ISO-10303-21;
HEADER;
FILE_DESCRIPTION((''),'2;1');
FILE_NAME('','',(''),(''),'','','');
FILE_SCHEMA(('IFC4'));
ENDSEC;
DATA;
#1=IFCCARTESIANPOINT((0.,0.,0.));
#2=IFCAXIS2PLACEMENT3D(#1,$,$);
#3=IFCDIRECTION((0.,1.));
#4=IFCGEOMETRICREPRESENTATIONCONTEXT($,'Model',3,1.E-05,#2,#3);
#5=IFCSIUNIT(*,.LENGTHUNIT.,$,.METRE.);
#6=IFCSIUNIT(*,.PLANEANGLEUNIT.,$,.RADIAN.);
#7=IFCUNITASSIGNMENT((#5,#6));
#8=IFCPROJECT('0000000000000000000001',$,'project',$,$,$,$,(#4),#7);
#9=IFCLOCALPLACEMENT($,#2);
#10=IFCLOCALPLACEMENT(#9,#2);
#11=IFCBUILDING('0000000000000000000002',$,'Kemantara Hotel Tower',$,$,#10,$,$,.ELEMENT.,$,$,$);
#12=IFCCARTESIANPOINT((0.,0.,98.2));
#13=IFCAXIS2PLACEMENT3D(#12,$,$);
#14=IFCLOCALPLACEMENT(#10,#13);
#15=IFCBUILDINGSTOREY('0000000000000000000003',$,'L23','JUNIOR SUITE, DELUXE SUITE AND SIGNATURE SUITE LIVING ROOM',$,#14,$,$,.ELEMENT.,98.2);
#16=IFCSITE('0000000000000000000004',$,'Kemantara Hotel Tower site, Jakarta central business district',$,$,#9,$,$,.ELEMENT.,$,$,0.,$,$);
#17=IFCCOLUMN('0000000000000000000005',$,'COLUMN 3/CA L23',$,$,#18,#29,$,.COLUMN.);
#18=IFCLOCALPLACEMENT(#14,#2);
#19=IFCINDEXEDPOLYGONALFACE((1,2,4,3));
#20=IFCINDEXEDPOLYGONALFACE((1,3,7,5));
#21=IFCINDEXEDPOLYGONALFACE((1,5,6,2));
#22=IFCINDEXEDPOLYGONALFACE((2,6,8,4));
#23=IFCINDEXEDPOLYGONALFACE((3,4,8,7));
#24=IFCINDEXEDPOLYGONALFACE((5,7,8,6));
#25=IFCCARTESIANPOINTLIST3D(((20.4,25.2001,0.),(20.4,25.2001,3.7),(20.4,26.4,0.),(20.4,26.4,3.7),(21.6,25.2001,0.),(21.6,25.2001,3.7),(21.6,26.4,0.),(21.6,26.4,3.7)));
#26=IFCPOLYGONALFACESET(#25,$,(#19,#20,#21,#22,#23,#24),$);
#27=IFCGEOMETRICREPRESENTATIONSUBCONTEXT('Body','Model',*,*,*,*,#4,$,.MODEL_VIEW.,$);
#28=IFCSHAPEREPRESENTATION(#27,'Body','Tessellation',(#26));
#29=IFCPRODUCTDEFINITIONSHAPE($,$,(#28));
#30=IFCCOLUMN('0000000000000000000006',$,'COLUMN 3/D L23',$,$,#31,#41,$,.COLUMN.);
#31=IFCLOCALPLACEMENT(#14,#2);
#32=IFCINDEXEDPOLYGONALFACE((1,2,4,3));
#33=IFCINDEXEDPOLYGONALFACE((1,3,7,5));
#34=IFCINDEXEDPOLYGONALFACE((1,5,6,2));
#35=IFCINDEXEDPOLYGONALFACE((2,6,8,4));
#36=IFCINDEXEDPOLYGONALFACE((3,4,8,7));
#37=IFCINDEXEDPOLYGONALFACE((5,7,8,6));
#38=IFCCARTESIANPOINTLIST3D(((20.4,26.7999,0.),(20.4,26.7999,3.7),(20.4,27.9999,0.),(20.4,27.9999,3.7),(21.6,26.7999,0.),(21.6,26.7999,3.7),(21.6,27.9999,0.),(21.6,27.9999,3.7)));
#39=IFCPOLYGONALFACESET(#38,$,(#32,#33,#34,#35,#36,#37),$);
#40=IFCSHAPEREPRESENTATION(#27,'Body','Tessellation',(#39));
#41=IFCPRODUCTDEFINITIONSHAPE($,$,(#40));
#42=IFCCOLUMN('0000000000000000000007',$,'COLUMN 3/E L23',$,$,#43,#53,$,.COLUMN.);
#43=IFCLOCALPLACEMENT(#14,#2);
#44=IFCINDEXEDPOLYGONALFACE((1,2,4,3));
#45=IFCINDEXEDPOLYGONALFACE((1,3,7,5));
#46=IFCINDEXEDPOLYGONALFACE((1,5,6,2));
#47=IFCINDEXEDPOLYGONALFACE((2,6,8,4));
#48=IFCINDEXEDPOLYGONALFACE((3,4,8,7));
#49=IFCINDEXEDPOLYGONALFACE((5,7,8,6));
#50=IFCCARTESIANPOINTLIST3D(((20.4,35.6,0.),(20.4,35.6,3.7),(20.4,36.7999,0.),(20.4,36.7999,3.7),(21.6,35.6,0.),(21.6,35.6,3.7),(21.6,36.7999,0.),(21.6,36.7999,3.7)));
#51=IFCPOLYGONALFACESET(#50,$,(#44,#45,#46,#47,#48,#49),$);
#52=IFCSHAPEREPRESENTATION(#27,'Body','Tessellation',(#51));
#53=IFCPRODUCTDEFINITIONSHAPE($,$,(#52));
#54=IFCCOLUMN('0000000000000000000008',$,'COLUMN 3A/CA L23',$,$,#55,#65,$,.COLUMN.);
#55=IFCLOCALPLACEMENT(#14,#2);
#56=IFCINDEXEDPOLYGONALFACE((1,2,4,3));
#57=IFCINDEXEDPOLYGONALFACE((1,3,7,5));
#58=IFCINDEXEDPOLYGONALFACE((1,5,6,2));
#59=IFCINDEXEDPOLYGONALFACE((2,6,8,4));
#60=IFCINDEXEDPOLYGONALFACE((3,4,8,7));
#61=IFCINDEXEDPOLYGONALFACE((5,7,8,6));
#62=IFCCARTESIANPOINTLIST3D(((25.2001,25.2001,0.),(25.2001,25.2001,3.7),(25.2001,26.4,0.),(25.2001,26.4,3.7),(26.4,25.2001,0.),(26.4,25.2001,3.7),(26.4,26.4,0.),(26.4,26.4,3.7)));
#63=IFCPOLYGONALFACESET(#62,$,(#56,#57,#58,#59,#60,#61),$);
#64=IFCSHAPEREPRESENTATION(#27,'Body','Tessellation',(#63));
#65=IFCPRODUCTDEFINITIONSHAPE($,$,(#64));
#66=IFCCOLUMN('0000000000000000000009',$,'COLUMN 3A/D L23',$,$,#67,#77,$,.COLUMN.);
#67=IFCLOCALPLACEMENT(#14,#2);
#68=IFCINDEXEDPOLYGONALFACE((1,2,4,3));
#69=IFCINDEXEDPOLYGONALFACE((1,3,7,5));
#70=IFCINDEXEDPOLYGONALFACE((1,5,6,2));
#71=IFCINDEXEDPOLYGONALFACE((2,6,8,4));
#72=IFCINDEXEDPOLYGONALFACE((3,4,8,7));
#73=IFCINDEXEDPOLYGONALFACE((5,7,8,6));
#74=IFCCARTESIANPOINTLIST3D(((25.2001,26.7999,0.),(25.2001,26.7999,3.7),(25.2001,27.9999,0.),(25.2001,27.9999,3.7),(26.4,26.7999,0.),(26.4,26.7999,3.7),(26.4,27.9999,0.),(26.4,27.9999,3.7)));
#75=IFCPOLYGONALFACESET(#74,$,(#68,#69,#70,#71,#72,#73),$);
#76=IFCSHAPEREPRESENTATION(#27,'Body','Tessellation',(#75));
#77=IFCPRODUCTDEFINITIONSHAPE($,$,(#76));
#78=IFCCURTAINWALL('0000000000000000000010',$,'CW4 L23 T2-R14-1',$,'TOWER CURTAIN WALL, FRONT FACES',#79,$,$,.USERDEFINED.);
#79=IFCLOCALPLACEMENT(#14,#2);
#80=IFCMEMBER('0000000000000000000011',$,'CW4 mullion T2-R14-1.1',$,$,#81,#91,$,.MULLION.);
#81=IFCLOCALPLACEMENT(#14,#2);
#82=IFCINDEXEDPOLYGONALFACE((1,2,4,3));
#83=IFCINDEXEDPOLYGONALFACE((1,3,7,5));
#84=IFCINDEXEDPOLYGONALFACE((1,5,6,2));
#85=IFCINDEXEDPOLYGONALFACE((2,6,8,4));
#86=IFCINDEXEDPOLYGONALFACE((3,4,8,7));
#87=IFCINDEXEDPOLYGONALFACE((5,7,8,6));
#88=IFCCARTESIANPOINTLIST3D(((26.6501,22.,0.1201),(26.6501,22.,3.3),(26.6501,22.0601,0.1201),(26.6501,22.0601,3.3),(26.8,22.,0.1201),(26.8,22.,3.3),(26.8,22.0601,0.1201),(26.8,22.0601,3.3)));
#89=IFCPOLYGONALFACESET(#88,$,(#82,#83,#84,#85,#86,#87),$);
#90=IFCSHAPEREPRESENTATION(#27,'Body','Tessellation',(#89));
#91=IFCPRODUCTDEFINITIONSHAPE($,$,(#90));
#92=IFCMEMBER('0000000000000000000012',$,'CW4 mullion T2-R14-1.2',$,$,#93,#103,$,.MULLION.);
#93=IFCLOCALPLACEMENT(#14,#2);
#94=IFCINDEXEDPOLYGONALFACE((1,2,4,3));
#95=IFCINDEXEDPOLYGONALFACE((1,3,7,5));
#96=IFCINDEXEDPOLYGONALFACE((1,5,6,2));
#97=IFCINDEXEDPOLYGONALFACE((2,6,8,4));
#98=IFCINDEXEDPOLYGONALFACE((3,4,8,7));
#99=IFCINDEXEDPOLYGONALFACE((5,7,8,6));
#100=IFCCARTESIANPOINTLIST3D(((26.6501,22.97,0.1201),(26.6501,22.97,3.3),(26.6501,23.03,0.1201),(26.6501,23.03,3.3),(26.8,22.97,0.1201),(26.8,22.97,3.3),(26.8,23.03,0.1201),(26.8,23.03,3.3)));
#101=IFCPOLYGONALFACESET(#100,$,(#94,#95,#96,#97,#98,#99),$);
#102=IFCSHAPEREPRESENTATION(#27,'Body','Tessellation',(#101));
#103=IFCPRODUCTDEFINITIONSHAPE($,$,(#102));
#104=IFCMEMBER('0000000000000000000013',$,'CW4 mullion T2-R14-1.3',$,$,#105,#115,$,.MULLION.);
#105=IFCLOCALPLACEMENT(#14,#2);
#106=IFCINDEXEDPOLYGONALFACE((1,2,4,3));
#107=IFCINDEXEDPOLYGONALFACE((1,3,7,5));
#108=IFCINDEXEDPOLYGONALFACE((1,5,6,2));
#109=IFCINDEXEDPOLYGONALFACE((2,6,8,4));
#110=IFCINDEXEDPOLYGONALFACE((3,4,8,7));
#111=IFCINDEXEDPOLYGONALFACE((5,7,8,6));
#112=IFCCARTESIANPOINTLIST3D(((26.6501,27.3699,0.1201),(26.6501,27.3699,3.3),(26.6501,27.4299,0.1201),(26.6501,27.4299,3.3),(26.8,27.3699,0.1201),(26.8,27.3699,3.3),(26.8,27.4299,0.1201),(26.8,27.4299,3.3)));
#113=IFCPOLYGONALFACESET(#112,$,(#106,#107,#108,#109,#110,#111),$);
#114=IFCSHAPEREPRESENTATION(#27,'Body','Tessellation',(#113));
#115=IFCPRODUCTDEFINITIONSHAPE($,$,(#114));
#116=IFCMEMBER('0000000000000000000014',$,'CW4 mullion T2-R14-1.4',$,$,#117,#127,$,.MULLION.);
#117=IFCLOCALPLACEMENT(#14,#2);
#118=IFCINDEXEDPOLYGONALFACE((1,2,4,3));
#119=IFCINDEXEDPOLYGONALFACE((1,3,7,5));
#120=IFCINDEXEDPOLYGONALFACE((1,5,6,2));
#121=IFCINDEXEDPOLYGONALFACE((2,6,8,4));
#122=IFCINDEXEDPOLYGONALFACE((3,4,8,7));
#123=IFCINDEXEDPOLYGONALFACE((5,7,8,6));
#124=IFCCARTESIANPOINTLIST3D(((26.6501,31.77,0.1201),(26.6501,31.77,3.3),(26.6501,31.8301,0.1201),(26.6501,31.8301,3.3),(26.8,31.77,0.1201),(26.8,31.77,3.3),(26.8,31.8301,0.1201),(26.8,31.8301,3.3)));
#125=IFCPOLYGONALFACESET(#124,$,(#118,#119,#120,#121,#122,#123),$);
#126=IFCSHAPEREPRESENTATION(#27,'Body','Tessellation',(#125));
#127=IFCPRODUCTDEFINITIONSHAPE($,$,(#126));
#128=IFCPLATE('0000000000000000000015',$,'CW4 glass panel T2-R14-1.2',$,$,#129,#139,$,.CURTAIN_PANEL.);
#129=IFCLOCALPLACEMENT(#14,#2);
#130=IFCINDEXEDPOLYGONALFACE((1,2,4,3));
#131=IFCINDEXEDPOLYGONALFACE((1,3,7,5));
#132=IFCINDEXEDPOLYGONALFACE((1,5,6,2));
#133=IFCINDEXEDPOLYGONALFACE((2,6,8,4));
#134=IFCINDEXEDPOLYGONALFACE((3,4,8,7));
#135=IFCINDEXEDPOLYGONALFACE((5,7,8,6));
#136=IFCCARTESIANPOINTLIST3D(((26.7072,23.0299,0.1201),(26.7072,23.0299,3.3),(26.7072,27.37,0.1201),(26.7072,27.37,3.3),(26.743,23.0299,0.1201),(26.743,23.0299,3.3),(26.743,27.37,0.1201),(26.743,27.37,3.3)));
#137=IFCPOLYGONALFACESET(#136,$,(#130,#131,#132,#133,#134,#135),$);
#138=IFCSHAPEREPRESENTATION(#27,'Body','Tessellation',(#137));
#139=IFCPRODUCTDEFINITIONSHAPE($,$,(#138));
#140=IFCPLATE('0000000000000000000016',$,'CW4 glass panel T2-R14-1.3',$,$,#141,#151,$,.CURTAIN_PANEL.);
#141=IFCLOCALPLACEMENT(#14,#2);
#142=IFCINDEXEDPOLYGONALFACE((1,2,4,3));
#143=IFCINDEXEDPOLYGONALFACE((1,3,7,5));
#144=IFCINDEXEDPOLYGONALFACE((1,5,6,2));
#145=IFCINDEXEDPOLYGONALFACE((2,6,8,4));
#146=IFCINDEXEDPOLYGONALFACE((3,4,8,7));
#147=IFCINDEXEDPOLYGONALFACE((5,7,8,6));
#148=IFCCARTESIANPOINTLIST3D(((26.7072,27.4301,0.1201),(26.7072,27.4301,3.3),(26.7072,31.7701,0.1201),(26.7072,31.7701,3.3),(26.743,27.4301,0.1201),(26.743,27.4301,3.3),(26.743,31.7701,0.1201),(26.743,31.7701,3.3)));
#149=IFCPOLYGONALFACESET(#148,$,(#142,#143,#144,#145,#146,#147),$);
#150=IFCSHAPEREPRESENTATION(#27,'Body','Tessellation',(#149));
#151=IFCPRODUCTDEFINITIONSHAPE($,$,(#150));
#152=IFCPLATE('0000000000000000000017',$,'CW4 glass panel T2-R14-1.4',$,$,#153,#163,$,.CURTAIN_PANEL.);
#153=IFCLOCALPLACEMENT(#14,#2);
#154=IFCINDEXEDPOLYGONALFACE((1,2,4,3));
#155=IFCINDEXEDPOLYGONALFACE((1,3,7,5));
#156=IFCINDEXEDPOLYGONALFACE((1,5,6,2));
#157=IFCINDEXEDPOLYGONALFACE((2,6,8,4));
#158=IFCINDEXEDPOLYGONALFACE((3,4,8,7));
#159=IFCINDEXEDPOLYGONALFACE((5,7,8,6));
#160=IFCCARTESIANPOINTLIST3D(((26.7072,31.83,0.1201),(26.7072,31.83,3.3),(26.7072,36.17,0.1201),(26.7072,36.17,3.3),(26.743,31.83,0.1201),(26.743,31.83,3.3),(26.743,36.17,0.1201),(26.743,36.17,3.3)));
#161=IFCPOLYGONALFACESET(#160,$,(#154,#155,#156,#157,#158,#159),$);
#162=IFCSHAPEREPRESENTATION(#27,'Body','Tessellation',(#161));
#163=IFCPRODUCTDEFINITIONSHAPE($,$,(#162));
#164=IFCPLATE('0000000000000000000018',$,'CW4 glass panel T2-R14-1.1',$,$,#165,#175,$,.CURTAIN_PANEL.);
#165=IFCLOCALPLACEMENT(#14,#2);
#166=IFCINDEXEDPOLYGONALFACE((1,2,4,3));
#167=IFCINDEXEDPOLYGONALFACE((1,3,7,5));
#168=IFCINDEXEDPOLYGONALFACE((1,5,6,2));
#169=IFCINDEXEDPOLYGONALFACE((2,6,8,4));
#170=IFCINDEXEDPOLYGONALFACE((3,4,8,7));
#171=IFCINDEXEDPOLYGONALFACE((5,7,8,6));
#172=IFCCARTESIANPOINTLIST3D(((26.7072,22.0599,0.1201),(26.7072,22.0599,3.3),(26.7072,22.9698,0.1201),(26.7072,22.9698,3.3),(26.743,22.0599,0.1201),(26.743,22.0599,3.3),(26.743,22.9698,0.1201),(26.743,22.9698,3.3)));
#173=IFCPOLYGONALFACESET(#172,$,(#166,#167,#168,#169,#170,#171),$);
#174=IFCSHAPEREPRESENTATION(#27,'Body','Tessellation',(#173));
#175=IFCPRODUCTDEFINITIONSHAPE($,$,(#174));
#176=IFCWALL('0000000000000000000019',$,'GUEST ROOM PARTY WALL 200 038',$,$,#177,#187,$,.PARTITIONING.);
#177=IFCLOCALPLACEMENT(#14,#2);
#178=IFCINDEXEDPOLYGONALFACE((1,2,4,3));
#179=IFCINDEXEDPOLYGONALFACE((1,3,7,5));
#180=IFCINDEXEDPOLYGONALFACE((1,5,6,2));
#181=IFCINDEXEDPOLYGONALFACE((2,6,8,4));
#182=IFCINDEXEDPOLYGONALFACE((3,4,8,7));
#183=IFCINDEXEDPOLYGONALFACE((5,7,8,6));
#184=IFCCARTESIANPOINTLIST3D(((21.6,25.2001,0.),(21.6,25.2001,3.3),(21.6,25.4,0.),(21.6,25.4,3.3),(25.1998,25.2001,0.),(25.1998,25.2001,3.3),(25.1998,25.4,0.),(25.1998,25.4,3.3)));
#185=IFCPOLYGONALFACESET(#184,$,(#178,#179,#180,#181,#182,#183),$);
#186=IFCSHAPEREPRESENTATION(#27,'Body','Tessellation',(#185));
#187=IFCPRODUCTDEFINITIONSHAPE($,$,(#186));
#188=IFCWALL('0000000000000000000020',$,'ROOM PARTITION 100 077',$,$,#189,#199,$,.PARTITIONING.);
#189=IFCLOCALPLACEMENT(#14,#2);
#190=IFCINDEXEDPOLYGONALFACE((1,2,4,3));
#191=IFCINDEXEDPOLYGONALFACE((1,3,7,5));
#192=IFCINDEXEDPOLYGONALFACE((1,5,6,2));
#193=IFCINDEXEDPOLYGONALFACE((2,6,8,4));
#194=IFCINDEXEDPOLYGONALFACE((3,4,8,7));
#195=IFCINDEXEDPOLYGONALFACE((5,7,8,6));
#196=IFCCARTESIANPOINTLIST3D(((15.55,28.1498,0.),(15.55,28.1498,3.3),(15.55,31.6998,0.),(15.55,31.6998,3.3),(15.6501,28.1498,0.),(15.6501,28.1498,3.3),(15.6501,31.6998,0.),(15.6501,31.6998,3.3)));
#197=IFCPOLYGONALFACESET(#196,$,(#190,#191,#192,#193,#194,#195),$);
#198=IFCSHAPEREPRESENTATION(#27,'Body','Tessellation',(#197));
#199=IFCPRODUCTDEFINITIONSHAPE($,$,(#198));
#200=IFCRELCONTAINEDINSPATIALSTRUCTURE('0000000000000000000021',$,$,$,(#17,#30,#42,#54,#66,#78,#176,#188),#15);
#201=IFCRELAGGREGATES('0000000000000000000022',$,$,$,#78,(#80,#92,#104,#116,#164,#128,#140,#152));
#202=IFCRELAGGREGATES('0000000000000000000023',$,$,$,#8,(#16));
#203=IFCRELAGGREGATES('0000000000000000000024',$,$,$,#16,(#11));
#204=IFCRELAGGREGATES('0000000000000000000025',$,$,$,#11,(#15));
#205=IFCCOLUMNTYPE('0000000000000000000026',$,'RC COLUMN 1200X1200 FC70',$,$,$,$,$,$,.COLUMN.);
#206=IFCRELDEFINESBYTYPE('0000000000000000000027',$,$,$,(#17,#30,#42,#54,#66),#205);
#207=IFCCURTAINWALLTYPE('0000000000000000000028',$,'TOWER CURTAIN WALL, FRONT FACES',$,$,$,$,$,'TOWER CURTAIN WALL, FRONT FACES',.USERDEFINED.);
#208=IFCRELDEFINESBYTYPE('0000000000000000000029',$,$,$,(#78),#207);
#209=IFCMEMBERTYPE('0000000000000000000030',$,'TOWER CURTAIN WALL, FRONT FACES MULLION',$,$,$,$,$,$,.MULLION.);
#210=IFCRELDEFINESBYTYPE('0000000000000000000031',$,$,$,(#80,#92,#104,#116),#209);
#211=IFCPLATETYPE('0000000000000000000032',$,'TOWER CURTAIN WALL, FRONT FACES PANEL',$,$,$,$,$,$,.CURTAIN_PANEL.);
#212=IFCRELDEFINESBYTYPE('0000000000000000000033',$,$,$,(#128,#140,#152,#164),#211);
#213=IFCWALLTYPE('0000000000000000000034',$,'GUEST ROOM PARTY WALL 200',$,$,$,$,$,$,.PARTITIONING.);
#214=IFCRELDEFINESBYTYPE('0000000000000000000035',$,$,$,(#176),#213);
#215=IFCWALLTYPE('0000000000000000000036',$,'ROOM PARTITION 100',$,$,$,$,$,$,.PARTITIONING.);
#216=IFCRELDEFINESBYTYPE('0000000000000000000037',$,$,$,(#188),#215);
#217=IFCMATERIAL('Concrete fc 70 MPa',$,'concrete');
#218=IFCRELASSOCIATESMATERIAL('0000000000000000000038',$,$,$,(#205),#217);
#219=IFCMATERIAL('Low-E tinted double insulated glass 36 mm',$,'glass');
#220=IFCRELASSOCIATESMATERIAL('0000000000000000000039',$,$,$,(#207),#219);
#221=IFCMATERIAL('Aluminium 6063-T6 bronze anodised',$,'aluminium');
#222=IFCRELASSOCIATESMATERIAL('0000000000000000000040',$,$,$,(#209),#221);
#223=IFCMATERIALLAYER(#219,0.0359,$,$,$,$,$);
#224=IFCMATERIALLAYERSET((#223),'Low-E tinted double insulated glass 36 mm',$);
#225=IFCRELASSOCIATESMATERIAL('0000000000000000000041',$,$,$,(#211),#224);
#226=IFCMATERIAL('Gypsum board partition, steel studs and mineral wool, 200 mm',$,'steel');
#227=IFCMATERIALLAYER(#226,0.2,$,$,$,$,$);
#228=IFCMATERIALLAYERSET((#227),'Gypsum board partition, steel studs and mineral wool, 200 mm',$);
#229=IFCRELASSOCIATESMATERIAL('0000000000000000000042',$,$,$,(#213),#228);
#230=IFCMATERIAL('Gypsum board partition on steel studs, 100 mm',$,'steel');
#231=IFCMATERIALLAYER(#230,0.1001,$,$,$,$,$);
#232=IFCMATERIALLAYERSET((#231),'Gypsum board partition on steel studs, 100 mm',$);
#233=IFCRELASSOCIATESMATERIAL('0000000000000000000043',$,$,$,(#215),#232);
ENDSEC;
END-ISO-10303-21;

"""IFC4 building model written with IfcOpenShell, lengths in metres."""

from ifc_helpers import new_model, si_unit, direction, frame, frame_2d, origin, origin_2d, place, context, subcontext, project, spatial, rectangle, extrude, source, transform, mapped, material, layer, layer_set, material_profile, profile_set, type_object, element, aggregate, save


model = new_model("IFC4")

# Units and contexts
model_context = context("Model", 3, precision=1e-05, world=origin(), true_north=direction((0.0, 1.0)))
body_context = subcontext(model_context, "Body", "Model", "MODEL_VIEW")
ifc_project = project(units=[si_unit("LENGTHUNIT", "METRE"), si_unit("PLANEANGLEUNIT", "RADIAN")], contexts=[model_context])

# Site, building, storey
site_placement = place(None, origin())
site = spatial("IfcSite", under=ifc_project, at=site_placement, Name="Kemantara Hotel Tower site, Jakarta central business district", CompositionType="ELEMENT", RefElevation=0.0)
building_placement = place(site_placement, origin())
building = spatial("IfcBuilding", under=site, at=building_placement, Name="Kemantara Hotel Tower", CompositionType="ELEMENT")
storey_placement = place(building_placement, frame((0.0, 0.0, 98.2)))
storey = spatial("IfcBuildingStorey", under=building, at=storey_placement, Name="L23", Description="JUNIOR SUITE, DELUXE SUITE AND SIGNATURE SUITE LIVING ROOM", CompositionType="ELEMENT", Elevation=98.2)

# Columns
ifc_material_1 = material(Name="Concrete fc 70 MPa", Category="concrete")
ifc_material_profile_1 = material_profile(ifc_material_1, rectangle(XDim=1.2, YDim=1.2, at=origin_2d()), Name="RC 1200X1200")
ifc_profile_set_1 = profile_set([ifc_material_profile_1], Name="Concrete fc 70 MPa")
column_type = type_object("IfcColumnType", Name="RC COLUMN 1200X1200 FC70", PredefinedType="COLUMN", material=ifc_profile_set_1)
for number, where, z_axis, x_axis, name in (
    (1, (21.0, 25.8, 0.0), (0.0, 0.0, 1.0), (1.0, 0.0, 0.0), "COLUMN 3/CA L23"),
    (2, (21.0, 27.3999, 0.0), (0.0, 0.0, 1.0), (1.0, 0.0, 0.0), "COLUMN 3/D L23"),
    (3, (21.0, 36.2, 0.0), (0.0, 0.0, 1.0), (1.0, 0.0, 0.0), "COLUMN 3/E L23"),
    (4, (25.8, 25.8, 0.0), (0.0, 0.0, 1.0), (1.0, 0.0, 0.0), "COLUMN 3A/CA L23"),
    (5, (25.8, 27.3999, 0.0), (0.0, 0.0, 1.0), (1.0, 0.0, 0.0), "COLUMN 3A/D L23"),
):
    element("IfcColumn", number, at=place(storey_placement, frame(where, z_axis=z_axis, x_axis=x_axis)), inside=storey, type_object=column_type, Name=name, PredefinedType="COLUMN", context=body_context, shape_type="SweptSolid", body=[
        extrude(rectangle(XDim=1.2, YDim=1.2, at=origin_2d()), origin(), (0.0, 0.0, 1.0), 3.7),
    ])

# Curtain wall, members, plates
ifc_material_2 = material(Name="Low-E tinted double insulated glass 36 mm", Category="glass")
curtain_wall_type = type_object("IfcCurtainWallType", Name="TOWER CURTAIN WALL, FRONT FACES", ElementType="TOWER CURTAIN WALL, FRONT FACES", PredefinedType="USERDEFINED", material=ifc_material_2)
curtain_wall_placement = place(storey_placement, origin())
curtain_wall = element("IfcCurtainWall", 6, at=curtain_wall_placement, inside=storey, type_object=curtain_wall_type, Name="CW4 L23 T2-R14-1", ObjectType="TOWER CURTAIN WALL, FRONT FACES", PredefinedType="USERDEFINED")
ifc_material_3 = material(Name="Aluminium 6063-T6 bronze anodised", Category="aluminium")
ifc_material_profile_2 = material_profile(ifc_material_3, rectangle(XDim=0.1499, YDim=0.0601, at=origin_2d()), Name="TOWER CURTAIN WALL, FRONT FACES MULLION")
ifc_profile_set_2 = profile_set([ifc_material_profile_2], Name="Aluminium 6063-T6 bronze anodised")
member_type = type_object("IfcMemberType", Name="TOWER CURTAIN WALL, FRONT FACES MULLION", PredefinedType="MULLION", material=ifc_profile_set_2)
shared_shape_1 = source(origin(), body_context, "Body", "SweptSolid", [
    extrude(rectangle(XDim=0.1499, YDim=0.0601, at=origin_2d()), origin(), (0.0, 0.0, 1.0), 3.1799),
])
member_1_placement = place(storey_placement, frame((26.7251, 22.03, 0.1201), z_axis=(0.0, 0.0, 1.0), x_axis=(-1.0, 0.0, 0.0)))
member_1 = element("IfcMember", 7, at=member_1_placement, type_object=member_type, Name="CW4 mullion T2-R14-1.1", PredefinedType="MULLION", context=body_context, shape_type="MappedRepresentation", body=[
    mapped(shared_shape_1, transform((0.0, 0.0, 0.0))),
])
member_2_placement = place(storey_placement, frame((26.7251, 23.0, 0.1201), z_axis=(0.0, 0.0, 1.0), x_axis=(-1.0, 0.0, 0.0)))
member_2 = element("IfcMember", 8, at=member_2_placement, type_object=member_type, Name="CW4 mullion T2-R14-1.2", PredefinedType="MULLION", context=body_context, shape_type="MappedRepresentation", body=[
    mapped(shared_shape_1, transform((0.0, 0.0, 0.0))),
])
member_3_placement = place(storey_placement, frame((26.7251, 27.3999, 0.1201), z_axis=(0.0, 0.0, 1.0), x_axis=(-1.0, 0.0, 0.0)))
member_3 = element("IfcMember", 9, at=member_3_placement, type_object=member_type, Name="CW4 mullion T2-R14-1.3", PredefinedType="MULLION", context=body_context, shape_type="MappedRepresentation", body=[
    mapped(shared_shape_1, transform((0.0, 0.0, 0.0))),
])
member_4_placement = place(storey_placement, frame((26.7251, 31.8, 0.1201), z_axis=(0.0, 0.0, 1.0), x_axis=(-1.0, 0.0, 0.0)))
member_4 = element("IfcMember", 10, at=member_4_placement, type_object=member_type, Name="CW4 mullion T2-R14-1.4", PredefinedType="MULLION", context=body_context, shape_type="MappedRepresentation", body=[
    mapped(shared_shape_1, transform((0.0, 0.0, 0.0))),
])
ifc_layer_1 = layer(ifc_material_2, 0.0359)
ifc_layer_set_1 = layer_set([ifc_layer_1], Name="Low-E tinted double insulated glass 36 mm")
plate_type = type_object("IfcPlateType", Name="TOWER CURTAIN WALL, FRONT FACES PANEL", PredefinedType="CURTAIN_PANEL", material=ifc_layer_set_1)
shared_shape_2 = source(origin(), body_context, "Body", "SweptSolid", [
    extrude(rectangle(XDim=4.3401, YDim=0.0359, at=origin_2d()), origin(), (0.0, 0.0, 1.0), 3.1799),
])
plate_1_placement = place(storey_placement, frame((26.7251, 25.2, 0.1201), z_axis=(0.0, 0.0, 1.0), x_axis=(0.0, 1.0, 0.0)))
plate_1 = element("IfcPlate", 11, at=plate_1_placement, type_object=plate_type, Name="CW4 glass panel T2-R14-1.2", PredefinedType="CURTAIN_PANEL", context=body_context, shape_type="MappedRepresentation", body=[
    mapped(shared_shape_2, transform((0.0, 0.0, 0.0))),
])
plate_2_placement = place(storey_placement, frame((26.7251, 29.6001, 0.1201), z_axis=(0.0, 0.0, 1.0), x_axis=(0.0, 1.0, 0.0)))
plate_2 = element("IfcPlate", 12, at=plate_2_placement, type_object=plate_type, Name="CW4 glass panel T2-R14-1.3", PredefinedType="CURTAIN_PANEL", context=body_context, shape_type="MappedRepresentation", body=[
    mapped(shared_shape_2, transform((0.0, 0.0, 0.0))),
])
plate_3_placement = place(storey_placement, frame((26.7251, 34.0, 0.1201), z_axis=(0.0, 0.0, 1.0), x_axis=(0.0, 1.0, 0.0)))
plate_3 = element("IfcPlate", 13, at=plate_3_placement, type_object=plate_type, Name="CW4 glass panel T2-R14-1.4", PredefinedType="CURTAIN_PANEL", context=body_context, shape_type="MappedRepresentation", body=[
    mapped(shared_shape_2, transform((0.0, 0.0, 0.0))),
])
shared_shape_3 = source(origin(), body_context, "Body", "SweptSolid", [
    extrude(rectangle(XDim=0.9099, YDim=0.0359, at=origin_2d()), origin(), (0.0, 0.0, 1.0), 3.1799),
])
plate_4_placement = place(storey_placement, frame((26.7251, 22.5149, 0.1201), z_axis=(0.0, 0.0, 1.0), x_axis=(0.0, 1.0, 0.0)))
plate_4 = element("IfcPlate", 14, at=plate_4_placement, type_object=plate_type, Name="CW4 glass panel T2-R14-1.1", PredefinedType="CURTAIN_PANEL", context=body_context, shape_type="MappedRepresentation", body=[
    mapped(shared_shape_3, transform((0.0, 0.0, 0.0))),
])
aggregate(curtain_wall, [member_1, member_2, member_3, member_4, plate_4, plate_1, plate_2, plate_3])

# Walls
ifc_material_4 = material(Name="Gypsum board partition, steel studs and mineral wool, 200 mm", Category="steel")
ifc_layer_2 = layer(ifc_material_4, 0.2)
ifc_layer_set_2 = layer_set([ifc_layer_2], Name="Gypsum board partition, steel studs and mineral wool, 200 mm")
wall_type_1 = type_object("IfcWallType", Name="GUEST ROOM PARTY WALL 200", PredefinedType="PARTITIONING", material=ifc_layer_set_2)
wall_1_placement = place(storey_placement, frame((21.6001, 25.3, 0.0), z_axis=(0.0, 0.0, 1.0), x_axis=(1.0, 0.0, 0.0)))
element("IfcWall", 15, at=wall_1_placement, inside=storey, type_object=wall_type_1, Name="GUEST ROOM PARTY WALL 200 038", PredefinedType="PARTITIONING", context=body_context, shape_type="SweptSolid", body=[
    extrude(rectangle(XDim=3.5999, YDim=0.2, at=frame_2d((1.7998, 0.0))), origin(), (0.0, 0.0, 1.0), 3.3),
])
ifc_material_5 = material(Name="Gypsum board partition on steel studs, 100 mm", Category="steel")
ifc_layer_3 = layer(ifc_material_5, 0.1001)
ifc_layer_set_3 = layer_set([ifc_layer_3], Name="Gypsum board partition on steel studs, 100 mm")
wall_type_2 = type_object("IfcWallType", Name="ROOM PARTITION 100", PredefinedType="PARTITIONING", material=ifc_layer_set_3)
wall_2_placement = place(storey_placement, frame((15.6001, 28.1499, 0.0), z_axis=(0.0, 0.0, 1.0), x_axis=(0.0, 1.0, 0.0)))
element("IfcWall", 16, at=wall_2_placement, inside=storey, type_object=wall_type_2, Name="ROOM PARTITION 100 077", PredefinedType="PARTITIONING", context=body_context, shape_type="SweptSolid", body=[
    extrude(rectangle(XDim=3.55, YDim=0.1001, at=frame_2d((1.7749, 0.0))), origin(), (0.0, 0.0, 1.0), 3.3),
])

save(model, "model.ifc")
